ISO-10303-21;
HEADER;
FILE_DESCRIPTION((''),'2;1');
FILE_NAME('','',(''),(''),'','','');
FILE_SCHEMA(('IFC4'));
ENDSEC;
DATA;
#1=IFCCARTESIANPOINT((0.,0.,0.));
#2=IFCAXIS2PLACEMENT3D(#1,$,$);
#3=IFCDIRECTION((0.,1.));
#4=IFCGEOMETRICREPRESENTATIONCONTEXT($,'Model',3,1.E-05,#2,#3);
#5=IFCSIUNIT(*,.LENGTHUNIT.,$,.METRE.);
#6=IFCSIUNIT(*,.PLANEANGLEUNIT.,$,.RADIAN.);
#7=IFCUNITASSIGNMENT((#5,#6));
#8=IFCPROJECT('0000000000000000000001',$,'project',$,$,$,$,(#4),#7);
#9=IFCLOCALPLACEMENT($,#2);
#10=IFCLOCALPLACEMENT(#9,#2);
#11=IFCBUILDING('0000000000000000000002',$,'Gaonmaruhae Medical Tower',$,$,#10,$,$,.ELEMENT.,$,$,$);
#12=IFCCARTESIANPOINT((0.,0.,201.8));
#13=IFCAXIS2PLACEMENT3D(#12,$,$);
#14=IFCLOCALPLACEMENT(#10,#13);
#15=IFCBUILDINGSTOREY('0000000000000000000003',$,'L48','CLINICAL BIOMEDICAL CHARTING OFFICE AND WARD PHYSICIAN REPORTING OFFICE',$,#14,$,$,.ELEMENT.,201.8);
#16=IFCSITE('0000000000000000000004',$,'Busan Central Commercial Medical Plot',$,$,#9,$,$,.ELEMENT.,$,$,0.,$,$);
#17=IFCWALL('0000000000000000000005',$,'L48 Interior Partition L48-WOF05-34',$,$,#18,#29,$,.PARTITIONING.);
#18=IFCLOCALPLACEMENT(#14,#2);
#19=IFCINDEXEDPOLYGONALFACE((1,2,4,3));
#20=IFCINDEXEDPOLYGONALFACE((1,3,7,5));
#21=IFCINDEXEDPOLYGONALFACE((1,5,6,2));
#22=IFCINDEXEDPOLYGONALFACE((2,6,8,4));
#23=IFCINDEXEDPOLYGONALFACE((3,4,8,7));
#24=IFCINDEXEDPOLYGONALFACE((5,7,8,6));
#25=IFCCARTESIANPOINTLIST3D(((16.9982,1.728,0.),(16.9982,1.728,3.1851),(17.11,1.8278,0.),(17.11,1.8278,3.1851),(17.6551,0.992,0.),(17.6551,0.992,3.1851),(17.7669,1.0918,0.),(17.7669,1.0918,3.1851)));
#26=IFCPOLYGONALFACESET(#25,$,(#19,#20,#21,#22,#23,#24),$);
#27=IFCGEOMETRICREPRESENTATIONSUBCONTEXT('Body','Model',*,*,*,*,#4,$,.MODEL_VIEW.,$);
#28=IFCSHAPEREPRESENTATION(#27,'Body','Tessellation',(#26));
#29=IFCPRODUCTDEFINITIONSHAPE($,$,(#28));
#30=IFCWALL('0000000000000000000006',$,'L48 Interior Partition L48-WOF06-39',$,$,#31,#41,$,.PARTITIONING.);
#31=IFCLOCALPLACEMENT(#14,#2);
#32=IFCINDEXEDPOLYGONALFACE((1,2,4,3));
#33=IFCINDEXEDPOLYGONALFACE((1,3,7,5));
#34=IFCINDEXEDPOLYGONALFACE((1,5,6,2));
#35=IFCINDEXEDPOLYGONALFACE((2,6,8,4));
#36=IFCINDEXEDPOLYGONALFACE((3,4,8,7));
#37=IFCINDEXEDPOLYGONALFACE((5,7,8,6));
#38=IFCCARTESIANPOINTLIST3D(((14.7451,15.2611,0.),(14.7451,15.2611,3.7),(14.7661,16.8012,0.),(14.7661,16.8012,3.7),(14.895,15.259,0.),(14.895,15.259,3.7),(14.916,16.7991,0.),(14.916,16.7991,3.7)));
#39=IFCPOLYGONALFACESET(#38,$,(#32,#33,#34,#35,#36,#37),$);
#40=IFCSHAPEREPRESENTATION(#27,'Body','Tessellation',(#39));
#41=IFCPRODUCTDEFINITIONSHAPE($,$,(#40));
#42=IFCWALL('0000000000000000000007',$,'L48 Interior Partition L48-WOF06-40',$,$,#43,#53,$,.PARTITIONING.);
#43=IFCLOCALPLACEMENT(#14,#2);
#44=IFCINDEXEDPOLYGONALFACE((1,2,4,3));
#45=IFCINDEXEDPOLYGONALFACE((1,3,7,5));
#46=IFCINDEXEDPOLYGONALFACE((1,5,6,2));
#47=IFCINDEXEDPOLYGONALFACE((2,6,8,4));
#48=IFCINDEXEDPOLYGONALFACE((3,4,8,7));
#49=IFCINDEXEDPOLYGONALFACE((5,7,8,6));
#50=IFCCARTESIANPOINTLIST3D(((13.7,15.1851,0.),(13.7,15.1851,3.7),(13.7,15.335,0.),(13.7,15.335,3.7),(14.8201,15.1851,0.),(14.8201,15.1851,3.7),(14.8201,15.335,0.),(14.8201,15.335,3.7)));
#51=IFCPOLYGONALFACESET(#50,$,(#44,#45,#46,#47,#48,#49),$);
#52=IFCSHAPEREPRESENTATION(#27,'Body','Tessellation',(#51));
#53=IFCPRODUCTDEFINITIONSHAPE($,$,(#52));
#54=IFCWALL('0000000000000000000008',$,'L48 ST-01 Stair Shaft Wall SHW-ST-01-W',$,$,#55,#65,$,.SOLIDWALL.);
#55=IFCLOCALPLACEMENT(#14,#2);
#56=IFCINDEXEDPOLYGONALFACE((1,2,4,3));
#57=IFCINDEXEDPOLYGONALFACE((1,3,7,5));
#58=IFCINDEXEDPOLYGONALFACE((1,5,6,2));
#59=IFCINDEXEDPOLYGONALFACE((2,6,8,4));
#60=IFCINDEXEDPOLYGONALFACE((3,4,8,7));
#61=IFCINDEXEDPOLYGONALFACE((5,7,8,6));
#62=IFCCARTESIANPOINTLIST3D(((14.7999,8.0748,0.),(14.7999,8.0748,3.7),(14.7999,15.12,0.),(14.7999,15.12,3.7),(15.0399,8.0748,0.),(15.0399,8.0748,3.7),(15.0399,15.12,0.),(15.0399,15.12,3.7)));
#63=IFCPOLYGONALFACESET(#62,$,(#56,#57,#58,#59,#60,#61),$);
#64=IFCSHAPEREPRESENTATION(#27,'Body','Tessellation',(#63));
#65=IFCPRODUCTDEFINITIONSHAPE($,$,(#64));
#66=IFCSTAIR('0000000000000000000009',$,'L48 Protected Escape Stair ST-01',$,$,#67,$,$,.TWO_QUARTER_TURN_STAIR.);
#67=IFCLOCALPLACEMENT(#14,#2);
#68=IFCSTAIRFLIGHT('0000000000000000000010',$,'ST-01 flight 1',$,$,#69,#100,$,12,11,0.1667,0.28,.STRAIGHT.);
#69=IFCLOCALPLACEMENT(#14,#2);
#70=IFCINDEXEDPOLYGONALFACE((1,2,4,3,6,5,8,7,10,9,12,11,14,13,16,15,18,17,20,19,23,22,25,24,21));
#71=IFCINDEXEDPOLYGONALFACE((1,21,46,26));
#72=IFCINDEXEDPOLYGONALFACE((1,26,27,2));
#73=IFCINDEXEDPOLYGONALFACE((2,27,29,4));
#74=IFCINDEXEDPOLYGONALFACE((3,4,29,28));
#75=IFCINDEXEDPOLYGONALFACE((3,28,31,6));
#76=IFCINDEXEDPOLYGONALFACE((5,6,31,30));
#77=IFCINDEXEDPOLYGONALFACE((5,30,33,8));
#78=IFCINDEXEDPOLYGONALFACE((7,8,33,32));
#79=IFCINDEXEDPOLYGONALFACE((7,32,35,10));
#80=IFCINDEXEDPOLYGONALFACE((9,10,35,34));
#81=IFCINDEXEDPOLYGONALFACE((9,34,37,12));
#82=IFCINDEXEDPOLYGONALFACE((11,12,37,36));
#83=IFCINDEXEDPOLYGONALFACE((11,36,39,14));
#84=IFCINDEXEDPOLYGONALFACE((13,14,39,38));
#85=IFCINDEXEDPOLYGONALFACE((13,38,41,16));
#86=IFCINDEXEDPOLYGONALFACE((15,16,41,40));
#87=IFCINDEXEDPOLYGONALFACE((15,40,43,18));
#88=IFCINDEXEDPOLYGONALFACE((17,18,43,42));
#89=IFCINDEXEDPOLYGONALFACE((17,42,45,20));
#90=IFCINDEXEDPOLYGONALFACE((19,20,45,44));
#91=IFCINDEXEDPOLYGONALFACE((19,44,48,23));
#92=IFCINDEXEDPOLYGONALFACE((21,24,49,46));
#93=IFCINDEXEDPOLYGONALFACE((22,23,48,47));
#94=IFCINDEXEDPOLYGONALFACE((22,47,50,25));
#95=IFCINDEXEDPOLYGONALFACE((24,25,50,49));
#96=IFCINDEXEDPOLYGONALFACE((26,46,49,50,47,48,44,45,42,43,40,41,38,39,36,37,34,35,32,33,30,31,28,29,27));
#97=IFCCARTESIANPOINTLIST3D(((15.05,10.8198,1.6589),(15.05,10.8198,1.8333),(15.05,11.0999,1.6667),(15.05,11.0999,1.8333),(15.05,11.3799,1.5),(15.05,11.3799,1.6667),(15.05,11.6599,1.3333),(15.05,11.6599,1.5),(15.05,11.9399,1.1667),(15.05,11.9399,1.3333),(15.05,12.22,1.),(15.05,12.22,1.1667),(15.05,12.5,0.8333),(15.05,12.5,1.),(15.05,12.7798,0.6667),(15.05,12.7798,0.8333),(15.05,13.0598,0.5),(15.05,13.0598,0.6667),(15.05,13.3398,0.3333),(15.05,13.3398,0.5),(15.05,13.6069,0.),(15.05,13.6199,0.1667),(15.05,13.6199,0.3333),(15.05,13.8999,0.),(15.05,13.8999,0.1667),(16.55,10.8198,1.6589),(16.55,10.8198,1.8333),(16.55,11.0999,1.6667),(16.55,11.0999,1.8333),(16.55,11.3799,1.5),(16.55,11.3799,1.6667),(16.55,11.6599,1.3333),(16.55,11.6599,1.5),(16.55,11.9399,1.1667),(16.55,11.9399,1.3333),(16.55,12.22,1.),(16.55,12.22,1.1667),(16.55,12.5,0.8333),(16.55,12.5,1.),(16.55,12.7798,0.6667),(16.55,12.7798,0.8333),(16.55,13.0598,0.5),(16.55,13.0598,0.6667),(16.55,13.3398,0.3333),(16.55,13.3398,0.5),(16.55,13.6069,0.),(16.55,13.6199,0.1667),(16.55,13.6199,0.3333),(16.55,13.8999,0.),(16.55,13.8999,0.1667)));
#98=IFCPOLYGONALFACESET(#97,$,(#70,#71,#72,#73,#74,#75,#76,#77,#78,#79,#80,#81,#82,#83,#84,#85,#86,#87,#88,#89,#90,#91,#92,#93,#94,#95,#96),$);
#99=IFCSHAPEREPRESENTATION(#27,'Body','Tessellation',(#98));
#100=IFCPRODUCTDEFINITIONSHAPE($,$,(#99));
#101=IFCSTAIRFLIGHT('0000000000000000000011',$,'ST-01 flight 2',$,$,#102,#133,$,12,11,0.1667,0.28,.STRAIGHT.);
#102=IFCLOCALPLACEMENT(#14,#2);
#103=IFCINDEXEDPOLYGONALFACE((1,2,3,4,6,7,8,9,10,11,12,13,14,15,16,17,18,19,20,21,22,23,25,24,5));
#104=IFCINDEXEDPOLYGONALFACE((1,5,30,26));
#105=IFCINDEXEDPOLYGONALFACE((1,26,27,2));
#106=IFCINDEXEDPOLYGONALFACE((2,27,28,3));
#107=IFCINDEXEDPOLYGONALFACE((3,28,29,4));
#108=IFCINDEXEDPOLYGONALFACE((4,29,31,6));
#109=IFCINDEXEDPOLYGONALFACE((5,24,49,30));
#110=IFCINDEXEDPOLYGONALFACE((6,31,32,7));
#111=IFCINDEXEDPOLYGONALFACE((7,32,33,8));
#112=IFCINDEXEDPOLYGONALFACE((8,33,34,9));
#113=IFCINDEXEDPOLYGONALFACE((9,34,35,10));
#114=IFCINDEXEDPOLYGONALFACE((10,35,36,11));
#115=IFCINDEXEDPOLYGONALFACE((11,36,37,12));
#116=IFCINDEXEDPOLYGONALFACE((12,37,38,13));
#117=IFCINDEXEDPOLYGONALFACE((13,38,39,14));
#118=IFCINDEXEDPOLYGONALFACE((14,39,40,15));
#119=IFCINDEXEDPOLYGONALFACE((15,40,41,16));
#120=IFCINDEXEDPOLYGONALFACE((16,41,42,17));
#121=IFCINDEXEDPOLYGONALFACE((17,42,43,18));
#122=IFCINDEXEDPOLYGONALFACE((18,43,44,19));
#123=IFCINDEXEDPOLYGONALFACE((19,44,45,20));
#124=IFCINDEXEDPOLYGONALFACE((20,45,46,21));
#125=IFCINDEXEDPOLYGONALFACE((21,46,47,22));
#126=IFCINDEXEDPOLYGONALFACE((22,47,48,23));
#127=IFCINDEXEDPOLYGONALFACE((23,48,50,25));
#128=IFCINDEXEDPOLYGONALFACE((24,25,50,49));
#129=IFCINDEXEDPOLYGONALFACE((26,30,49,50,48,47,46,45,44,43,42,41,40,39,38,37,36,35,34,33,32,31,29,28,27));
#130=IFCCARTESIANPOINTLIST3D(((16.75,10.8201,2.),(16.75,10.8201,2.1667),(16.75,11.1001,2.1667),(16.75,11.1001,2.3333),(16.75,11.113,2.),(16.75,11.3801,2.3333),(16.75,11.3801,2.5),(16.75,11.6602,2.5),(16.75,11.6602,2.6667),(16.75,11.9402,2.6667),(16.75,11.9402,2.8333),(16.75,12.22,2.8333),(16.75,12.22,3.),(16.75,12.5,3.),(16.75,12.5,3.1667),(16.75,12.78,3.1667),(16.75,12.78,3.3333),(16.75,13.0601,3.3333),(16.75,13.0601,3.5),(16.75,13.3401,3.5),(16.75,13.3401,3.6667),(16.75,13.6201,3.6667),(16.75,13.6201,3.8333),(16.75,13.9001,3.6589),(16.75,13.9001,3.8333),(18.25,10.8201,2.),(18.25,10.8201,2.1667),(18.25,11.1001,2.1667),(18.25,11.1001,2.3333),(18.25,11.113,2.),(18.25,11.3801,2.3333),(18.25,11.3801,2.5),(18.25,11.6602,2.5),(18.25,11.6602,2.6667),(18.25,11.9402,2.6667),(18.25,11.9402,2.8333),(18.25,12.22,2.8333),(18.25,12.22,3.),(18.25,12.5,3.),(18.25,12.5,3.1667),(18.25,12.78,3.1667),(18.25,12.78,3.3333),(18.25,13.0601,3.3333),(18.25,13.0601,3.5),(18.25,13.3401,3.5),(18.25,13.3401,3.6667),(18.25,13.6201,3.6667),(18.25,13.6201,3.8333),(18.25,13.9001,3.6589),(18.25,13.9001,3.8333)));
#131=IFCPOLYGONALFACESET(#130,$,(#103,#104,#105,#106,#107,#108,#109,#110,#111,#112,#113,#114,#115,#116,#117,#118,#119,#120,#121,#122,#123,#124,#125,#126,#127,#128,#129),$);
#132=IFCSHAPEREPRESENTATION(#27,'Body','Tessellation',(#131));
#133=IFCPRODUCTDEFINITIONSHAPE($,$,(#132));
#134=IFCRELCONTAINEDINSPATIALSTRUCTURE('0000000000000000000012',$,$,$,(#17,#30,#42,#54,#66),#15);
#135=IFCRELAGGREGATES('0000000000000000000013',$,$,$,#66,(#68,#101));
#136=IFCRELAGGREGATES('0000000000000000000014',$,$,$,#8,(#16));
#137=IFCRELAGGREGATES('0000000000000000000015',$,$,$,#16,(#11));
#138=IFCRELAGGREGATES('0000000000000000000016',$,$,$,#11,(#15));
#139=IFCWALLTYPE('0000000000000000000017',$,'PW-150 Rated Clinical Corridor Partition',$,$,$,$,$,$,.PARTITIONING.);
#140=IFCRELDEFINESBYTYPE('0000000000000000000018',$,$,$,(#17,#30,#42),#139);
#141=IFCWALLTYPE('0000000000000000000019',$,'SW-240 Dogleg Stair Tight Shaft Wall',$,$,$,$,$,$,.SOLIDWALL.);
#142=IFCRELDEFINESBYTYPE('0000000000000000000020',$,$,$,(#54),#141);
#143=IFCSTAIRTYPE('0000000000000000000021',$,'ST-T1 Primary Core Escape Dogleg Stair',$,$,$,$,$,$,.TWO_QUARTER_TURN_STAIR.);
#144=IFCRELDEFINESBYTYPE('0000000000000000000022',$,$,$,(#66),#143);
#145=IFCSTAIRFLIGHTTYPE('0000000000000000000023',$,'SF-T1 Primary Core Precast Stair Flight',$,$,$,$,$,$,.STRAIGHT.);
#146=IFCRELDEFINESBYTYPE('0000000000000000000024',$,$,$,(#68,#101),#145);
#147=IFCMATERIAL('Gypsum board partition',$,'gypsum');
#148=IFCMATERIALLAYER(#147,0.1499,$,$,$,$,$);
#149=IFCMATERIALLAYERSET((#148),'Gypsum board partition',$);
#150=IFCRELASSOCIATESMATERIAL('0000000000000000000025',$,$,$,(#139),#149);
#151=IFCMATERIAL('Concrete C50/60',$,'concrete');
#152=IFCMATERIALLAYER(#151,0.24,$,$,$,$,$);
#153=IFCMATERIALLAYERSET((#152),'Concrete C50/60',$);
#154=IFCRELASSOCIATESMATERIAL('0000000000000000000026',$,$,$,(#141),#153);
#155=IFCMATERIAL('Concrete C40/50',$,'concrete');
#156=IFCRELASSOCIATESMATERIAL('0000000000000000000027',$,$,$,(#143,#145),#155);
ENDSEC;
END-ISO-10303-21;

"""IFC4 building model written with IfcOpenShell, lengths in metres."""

from ifc_helpers import new_model, si_unit, direction, frame, frame_2d, origin, place, context, subcontext, project, spatial, polyline, rectangle, outline, extrude, material, layer, layer_set, type_object, element, aggregate, save


model = new_model("IFC4")

# Units and contexts
model_context = context("Model", 3, precision=1e-05, world=origin(), true_north=direction((0.0, 1.0)))
body_context = subcontext(model_context, "Body", "Model", "MODEL_VIEW")
ifc_project = project(units=[si_unit("LENGTHUNIT", "METRE"), si_unit("PLANEANGLEUNIT", "RADIAN")], contexts=[model_context])

# Site, building, storey
site_placement = place(None, origin())
site = spatial("IfcSite", under=ifc_project, at=site_placement, Name="Busan Central Commercial Medical Plot", CompositionType="ELEMENT", RefElevation=0.0)
building_placement = place(site_placement, origin())
building = spatial("IfcBuilding", under=site, at=building_placement, Name="Gaonmaruhae Medical Tower", CompositionType="ELEMENT")
storey_placement = place(building_placement, frame((0.0, 0.0, 201.8)))
storey = spatial("IfcBuildingStorey", under=building, at=storey_placement, Name="L48", Description="CLINICAL BIOMEDICAL CHARTING OFFICE AND WARD PHYSICIAN REPORTING OFFICE", CompositionType="ELEMENT", Elevation=201.8)

# Shared definitions
ifc_material_1 = material(Name="Concrete C50/60", Category="concrete")

# Walls
ifc_material_2 = material(Name="Gypsum board partition", Category="gypsum")
ifc_layer_1 = layer(ifc_material_2, 0.1499)
ifc_layer_set_1 = layer_set([ifc_layer_1], Name="Gypsum board partition")
wall_type_1 = type_object("IfcWallType", Name="PW-150 Rated Clinical Corridor Partition", PredefinedType="PARTITIONING", material=ifc_layer_set_1)
wall_1_placement = place(storey_placement, frame((17.7109, 1.042, 0.0), z_axis=(0.0, 0.0, 1.0), x_axis=(-0.665883, 0.746056, 0.0)))
element("IfcWall", 1, at=wall_1_placement, inside=storey, type_object=wall_type_1, Name="L48 Interior Partition L48-WOF05-34", PredefinedType="PARTITIONING", context=body_context, shape_type="SweptSolid", body=[
    extrude(rectangle(XDim=0.9866, YDim=0.1499, at=frame_2d((0.4932, 0.0))), origin(), (0.0, 0.0, 1.0), 3.1851),
])
wall_2_placement = place(storey_placement, frame((14.8411, 16.8, 0.0), z_axis=(0.0, 0.0, 1.0), x_axis=(-0.013632, -0.999907, 0.0)))
element("IfcWall", 2, at=wall_2_placement, inside=storey, type_object=wall_type_1, Name="L48 Interior Partition L48-WOF06-39", PredefinedType="PARTITIONING", context=body_context, shape_type="SweptSolid", body=[
    extrude(rectangle(XDim=1.5403, YDim=0.1499, at=frame_2d((0.77, 0.0))), origin(), (0.0, 0.0, 1.0), 3.7),
])
wall_3_placement = place(storey_placement, frame((14.8201, 15.26, 0.0), z_axis=(0.0, 0.0, 1.0), x_axis=(-1.0, 0.0, 0.0)))
element("IfcWall", 3, at=wall_3_placement, inside=storey, type_object=wall_type_1, Name="L48 Interior Partition L48-WOF06-40", PredefinedType="PARTITIONING", context=body_context, shape_type="SweptSolid", body=[
    extrude(rectangle(XDim=1.1201, YDim=0.1499, at=frame_2d((0.5601, 0.0))), origin(), (0.0, 0.0, 1.0), 3.7),
])

# Shared definitions
ifc_layer_2 = layer(ifc_material_1, 0.24)
ifc_layer_set_2 = layer_set([ifc_layer_2], Name="Concrete C50/60")
wall_type_2 = type_object("IfcWallType", Name="SW-240 Dogleg Stair Tight Shaft Wall", PredefinedType="SOLIDWALL", material=ifc_layer_set_2)

# Wall
wall_4_placement = place(storey_placement, frame((14.9199, 8.075, 0.0), z_axis=(0.0, 0.0, 1.0), x_axis=(0.0, 1.0, 0.0)))
element("IfcWall", 4, at=wall_4_placement, inside=storey, type_object=wall_type_2, Name="L48 ST-01 Stair Shaft Wall SHW-ST-01-W", PredefinedType="SOLIDWALL", context=body_context, shape_type="SweptSolid", body=[
    extrude(rectangle(XDim=7.0452, YDim=0.24, at=frame_2d((3.5225, 0.0))), origin(), (0.0, 0.0, 1.0), 3.7),
])

# Stair, stair flights
ifc_material_3 = material(Name="Concrete C40/50", Category="concrete")
stair_type = type_object("IfcStairType", Name="ST-T1 Primary Core Escape Dogleg Stair", PredefinedType="TWO_QUARTER_TURN_STAIR", material=ifc_material_3)
stair_placement = place(storey_placement, origin())
stair = element("IfcStair", 5, at=stair_placement, inside=storey, type_object=stair_type, Name="L48 Protected Escape Stair ST-01", PredefinedType="TWO_QUARTER_TURN_STAIR")
stair_flight_type = type_object("IfcStairFlightType", Name="SF-T1 Primary Core Precast Stair Flight", PredefinedType="STRAIGHT", material=ifc_material_3)
stair_flight_1_placement = place(storey_placement, frame((15.8, 13.8999, 0.0), z_axis=(0.0, 0.0, 1.0), x_axis=(0.0, -1.0, 0.0)))
stair_flight_1 = element("IfcStairFlight", 6, at=stair_flight_1_placement, type_object=stair_flight_type, Name="ST-01 flight 1", NumberOfRisers=12, NumberOfTreads=11, PredefinedType="STRAIGHT", RiserHeight=0.1667, TreadLength=0.28, context=body_context, shape_type="SweptSolid", body=[
    extrude(outline(polyline([(0.0, 0.0), (0.0, 0.1667), (0.28, 0.1667), (0.28, 0.3333), (0.5601, 0.3333), (0.5601, 0.5), (0.8401, 0.5), (0.8401, 0.6667), (1.1201, 0.6667), (1.1201, 0.8333), (1.3999, 0.8333), (1.3999, 1.0), (1.6799, 1.0), (1.6799, 1.1667), (1.96, 1.1667), (1.96, 1.3333), (2.24, 1.3333), (2.24, 1.5), (2.52, 1.5), (2.52, 1.6667), (2.8, 1.6667), (2.8, 1.8333), (3.0801, 1.8333), (3.0801, 2.0), (3.0801, 1.6589), (0.293, 0.0), (0.0, 0.0)])), frame((0.0, 0.75, 0.0), z_axis=(0.0, -1.0, 0.0), x_axis=(1.0, 0.0, 0.0)), (0.0, 0.0, 1.0), 1.5),
])
stair_flight_2_placement = place(storey_placement, frame((17.5, 10.8201, 2.0), z_axis=(0.0, 0.0, 1.0), x_axis=(0.0, 1.0, 0.0)))
stair_flight_2 = element("IfcStairFlight", 7, at=stair_flight_2_placement, type_object=stair_flight_type, Name="ST-01 flight 2", NumberOfRisers=12, NumberOfTreads=11, PredefinedType="STRAIGHT", RiserHeight=0.1667, TreadLength=0.28, context=body_context, shape_type="SweptSolid", body=[
    extrude(outline(polyline([(0.0, 0.0), (0.0, 0.1667), (0.28, 0.1667), (0.28, 0.3333), (0.5601, 0.3333), (0.5601, 0.5), (0.8401, 0.5), (0.8401, 0.6667), (1.1201, 0.6667), (1.1201, 0.8333), (1.3999, 0.8333), (1.3999, 1.0), (1.6799, 1.0), (1.6799, 1.1667), (1.96, 1.1667), (1.96, 1.3333), (2.24, 1.3333), (2.24, 1.5), (2.52, 1.5), (2.52, 1.6667), (2.8, 1.6667), (2.8, 1.8333), (3.0801, 1.8333), (3.0801, 2.0), (3.0801, 1.6589), (0.293, 0.0), (0.0, 0.0)])), frame((0.0, 0.75, 0.0), z_axis=(0.0, -1.0, 0.0), x_axis=(1.0, 0.0, 0.0)), (0.0, 0.0, 1.0), 1.5),
])
aggregate(stair, [stair_flight_1, stair_flight_2])

save(model, "model.ifc")
